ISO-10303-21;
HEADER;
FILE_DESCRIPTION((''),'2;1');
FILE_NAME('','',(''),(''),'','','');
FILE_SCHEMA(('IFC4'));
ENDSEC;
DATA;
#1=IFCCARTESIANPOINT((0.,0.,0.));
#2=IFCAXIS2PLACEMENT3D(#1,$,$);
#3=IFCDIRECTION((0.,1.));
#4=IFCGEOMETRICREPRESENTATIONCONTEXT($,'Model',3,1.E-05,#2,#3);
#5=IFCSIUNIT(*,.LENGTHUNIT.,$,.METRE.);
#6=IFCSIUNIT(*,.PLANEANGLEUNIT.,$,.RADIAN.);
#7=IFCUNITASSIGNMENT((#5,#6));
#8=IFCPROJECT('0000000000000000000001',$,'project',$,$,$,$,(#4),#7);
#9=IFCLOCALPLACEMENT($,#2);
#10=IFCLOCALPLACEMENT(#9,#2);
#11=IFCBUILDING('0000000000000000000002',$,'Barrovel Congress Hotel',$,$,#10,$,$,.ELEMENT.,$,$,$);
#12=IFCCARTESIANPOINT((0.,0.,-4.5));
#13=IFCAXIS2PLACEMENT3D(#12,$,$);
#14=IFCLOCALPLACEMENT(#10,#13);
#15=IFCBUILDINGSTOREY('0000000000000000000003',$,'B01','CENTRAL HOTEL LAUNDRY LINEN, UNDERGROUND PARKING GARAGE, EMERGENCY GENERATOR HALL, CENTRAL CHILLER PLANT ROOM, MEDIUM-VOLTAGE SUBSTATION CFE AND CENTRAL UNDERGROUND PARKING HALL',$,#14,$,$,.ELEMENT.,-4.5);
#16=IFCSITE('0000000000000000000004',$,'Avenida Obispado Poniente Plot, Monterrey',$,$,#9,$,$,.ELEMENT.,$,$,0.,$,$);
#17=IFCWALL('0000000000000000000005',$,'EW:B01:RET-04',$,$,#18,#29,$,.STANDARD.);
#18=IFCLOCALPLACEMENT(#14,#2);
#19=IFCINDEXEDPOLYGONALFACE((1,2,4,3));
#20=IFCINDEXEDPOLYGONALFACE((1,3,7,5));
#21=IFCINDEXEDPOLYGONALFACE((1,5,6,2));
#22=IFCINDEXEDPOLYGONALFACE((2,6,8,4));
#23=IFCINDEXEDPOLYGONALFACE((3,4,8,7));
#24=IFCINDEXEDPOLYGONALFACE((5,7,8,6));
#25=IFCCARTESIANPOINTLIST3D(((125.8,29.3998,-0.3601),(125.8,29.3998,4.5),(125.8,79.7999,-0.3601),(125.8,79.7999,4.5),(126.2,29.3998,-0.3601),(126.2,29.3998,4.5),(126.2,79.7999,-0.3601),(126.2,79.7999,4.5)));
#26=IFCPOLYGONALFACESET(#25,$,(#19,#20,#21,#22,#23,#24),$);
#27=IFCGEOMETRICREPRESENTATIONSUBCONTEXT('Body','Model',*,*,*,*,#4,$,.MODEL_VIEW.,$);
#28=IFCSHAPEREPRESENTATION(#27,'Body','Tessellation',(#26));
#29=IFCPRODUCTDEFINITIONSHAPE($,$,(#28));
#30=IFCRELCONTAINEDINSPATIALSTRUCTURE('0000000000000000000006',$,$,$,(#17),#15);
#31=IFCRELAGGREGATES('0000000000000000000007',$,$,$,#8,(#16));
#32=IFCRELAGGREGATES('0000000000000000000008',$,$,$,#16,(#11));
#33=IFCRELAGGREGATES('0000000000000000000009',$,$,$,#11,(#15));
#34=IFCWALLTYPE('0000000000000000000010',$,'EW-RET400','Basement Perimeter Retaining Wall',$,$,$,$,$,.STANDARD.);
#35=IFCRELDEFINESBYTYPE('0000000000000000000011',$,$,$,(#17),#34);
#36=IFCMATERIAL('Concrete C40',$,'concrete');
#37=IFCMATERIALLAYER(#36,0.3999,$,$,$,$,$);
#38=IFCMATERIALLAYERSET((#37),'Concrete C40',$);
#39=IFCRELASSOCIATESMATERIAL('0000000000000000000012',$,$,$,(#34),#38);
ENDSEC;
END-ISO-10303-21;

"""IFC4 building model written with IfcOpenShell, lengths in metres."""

from ifc_helpers import new_model, si_unit, direction, frame, frame_2d, origin, place, context, subcontext, project, spatial, rectangle, extrude, material, layer, layer_set, type_object, element, save


model = new_model("IFC4")

# Units and contexts
model_context = context("Model", 3, precision=1e-05, world=origin(), true_north=direction((0.0, 1.0)))
body_context = subcontext(model_context, "Body", "Model", "MODEL_VIEW")
ifc_project = project(units=[si_unit("LENGTHUNIT", "METRE"), si_unit("PLANEANGLEUNIT", "RADIAN")], contexts=[model_context])

# Site, building, storey
site_placement = place(None, origin())
site = spatial("IfcSite", under=ifc_project, at=site_placement, Name="Avenida Obispado Poniente Plot, Monterrey", CompositionType="ELEMENT", RefElevation=0.0)
building_placement = place(site_placement, origin())
building = spatial("IfcBuilding", under=site, at=building_placement, Name="Barrovel Congress Hotel", CompositionType="ELEMENT")
storey_placement = place(building_placement, frame((0.0, 0.0, -4.5)))
storey = spatial("IfcBuildingStorey", under=building, at=storey_placement, Name="B01", Description="CENTRAL HOTEL LAUNDRY LINEN, UNDERGROUND PARKING GARAGE, EMERGENCY GENERATOR HALL, CENTRAL CHILLER PLANT ROOM, MEDIUM-VOLTAGE SUBSTATION CFE AND CENTRAL UNDERGROUND PARKING HALL", CompositionType="ELEMENT", Elevation=-4.5)

# Shared definitions
ifc_material_1 = material(Name="Concrete C40", Category="concrete")

# Wall
ifc_layer = layer(ifc_material_1, 0.3999)
ifc_layer_set = layer_set([ifc_layer], Name="Concrete C40")
wall_type = type_object("IfcWallType", Name="EW-RET400", Description="Basement Perimeter Retaining Wall", PredefinedType="STANDARD", material=ifc_layer_set)
wall_placement = place(storey_placement, frame((126.0, 79.8, -0.3601), z_axis=(0.0, 0.0, 1.0), x_axis=(0.0, -1.0, 0.0)))
element("IfcWall", 1, at=wall_placement, inside=storey, type_object=wall_type, Name="EW:B01:RET-04", PredefinedType="STANDARD", context=body_context, shape_type="SweptSolid", body=[
    extrude(rectangle(XDim=50.4001, YDim=0.3999, at=frame_2d((25.2002, 0.0))), origin(), (0.0, 0.0, 1.0), 4.8601),
])

save(model, "model.ifc")
